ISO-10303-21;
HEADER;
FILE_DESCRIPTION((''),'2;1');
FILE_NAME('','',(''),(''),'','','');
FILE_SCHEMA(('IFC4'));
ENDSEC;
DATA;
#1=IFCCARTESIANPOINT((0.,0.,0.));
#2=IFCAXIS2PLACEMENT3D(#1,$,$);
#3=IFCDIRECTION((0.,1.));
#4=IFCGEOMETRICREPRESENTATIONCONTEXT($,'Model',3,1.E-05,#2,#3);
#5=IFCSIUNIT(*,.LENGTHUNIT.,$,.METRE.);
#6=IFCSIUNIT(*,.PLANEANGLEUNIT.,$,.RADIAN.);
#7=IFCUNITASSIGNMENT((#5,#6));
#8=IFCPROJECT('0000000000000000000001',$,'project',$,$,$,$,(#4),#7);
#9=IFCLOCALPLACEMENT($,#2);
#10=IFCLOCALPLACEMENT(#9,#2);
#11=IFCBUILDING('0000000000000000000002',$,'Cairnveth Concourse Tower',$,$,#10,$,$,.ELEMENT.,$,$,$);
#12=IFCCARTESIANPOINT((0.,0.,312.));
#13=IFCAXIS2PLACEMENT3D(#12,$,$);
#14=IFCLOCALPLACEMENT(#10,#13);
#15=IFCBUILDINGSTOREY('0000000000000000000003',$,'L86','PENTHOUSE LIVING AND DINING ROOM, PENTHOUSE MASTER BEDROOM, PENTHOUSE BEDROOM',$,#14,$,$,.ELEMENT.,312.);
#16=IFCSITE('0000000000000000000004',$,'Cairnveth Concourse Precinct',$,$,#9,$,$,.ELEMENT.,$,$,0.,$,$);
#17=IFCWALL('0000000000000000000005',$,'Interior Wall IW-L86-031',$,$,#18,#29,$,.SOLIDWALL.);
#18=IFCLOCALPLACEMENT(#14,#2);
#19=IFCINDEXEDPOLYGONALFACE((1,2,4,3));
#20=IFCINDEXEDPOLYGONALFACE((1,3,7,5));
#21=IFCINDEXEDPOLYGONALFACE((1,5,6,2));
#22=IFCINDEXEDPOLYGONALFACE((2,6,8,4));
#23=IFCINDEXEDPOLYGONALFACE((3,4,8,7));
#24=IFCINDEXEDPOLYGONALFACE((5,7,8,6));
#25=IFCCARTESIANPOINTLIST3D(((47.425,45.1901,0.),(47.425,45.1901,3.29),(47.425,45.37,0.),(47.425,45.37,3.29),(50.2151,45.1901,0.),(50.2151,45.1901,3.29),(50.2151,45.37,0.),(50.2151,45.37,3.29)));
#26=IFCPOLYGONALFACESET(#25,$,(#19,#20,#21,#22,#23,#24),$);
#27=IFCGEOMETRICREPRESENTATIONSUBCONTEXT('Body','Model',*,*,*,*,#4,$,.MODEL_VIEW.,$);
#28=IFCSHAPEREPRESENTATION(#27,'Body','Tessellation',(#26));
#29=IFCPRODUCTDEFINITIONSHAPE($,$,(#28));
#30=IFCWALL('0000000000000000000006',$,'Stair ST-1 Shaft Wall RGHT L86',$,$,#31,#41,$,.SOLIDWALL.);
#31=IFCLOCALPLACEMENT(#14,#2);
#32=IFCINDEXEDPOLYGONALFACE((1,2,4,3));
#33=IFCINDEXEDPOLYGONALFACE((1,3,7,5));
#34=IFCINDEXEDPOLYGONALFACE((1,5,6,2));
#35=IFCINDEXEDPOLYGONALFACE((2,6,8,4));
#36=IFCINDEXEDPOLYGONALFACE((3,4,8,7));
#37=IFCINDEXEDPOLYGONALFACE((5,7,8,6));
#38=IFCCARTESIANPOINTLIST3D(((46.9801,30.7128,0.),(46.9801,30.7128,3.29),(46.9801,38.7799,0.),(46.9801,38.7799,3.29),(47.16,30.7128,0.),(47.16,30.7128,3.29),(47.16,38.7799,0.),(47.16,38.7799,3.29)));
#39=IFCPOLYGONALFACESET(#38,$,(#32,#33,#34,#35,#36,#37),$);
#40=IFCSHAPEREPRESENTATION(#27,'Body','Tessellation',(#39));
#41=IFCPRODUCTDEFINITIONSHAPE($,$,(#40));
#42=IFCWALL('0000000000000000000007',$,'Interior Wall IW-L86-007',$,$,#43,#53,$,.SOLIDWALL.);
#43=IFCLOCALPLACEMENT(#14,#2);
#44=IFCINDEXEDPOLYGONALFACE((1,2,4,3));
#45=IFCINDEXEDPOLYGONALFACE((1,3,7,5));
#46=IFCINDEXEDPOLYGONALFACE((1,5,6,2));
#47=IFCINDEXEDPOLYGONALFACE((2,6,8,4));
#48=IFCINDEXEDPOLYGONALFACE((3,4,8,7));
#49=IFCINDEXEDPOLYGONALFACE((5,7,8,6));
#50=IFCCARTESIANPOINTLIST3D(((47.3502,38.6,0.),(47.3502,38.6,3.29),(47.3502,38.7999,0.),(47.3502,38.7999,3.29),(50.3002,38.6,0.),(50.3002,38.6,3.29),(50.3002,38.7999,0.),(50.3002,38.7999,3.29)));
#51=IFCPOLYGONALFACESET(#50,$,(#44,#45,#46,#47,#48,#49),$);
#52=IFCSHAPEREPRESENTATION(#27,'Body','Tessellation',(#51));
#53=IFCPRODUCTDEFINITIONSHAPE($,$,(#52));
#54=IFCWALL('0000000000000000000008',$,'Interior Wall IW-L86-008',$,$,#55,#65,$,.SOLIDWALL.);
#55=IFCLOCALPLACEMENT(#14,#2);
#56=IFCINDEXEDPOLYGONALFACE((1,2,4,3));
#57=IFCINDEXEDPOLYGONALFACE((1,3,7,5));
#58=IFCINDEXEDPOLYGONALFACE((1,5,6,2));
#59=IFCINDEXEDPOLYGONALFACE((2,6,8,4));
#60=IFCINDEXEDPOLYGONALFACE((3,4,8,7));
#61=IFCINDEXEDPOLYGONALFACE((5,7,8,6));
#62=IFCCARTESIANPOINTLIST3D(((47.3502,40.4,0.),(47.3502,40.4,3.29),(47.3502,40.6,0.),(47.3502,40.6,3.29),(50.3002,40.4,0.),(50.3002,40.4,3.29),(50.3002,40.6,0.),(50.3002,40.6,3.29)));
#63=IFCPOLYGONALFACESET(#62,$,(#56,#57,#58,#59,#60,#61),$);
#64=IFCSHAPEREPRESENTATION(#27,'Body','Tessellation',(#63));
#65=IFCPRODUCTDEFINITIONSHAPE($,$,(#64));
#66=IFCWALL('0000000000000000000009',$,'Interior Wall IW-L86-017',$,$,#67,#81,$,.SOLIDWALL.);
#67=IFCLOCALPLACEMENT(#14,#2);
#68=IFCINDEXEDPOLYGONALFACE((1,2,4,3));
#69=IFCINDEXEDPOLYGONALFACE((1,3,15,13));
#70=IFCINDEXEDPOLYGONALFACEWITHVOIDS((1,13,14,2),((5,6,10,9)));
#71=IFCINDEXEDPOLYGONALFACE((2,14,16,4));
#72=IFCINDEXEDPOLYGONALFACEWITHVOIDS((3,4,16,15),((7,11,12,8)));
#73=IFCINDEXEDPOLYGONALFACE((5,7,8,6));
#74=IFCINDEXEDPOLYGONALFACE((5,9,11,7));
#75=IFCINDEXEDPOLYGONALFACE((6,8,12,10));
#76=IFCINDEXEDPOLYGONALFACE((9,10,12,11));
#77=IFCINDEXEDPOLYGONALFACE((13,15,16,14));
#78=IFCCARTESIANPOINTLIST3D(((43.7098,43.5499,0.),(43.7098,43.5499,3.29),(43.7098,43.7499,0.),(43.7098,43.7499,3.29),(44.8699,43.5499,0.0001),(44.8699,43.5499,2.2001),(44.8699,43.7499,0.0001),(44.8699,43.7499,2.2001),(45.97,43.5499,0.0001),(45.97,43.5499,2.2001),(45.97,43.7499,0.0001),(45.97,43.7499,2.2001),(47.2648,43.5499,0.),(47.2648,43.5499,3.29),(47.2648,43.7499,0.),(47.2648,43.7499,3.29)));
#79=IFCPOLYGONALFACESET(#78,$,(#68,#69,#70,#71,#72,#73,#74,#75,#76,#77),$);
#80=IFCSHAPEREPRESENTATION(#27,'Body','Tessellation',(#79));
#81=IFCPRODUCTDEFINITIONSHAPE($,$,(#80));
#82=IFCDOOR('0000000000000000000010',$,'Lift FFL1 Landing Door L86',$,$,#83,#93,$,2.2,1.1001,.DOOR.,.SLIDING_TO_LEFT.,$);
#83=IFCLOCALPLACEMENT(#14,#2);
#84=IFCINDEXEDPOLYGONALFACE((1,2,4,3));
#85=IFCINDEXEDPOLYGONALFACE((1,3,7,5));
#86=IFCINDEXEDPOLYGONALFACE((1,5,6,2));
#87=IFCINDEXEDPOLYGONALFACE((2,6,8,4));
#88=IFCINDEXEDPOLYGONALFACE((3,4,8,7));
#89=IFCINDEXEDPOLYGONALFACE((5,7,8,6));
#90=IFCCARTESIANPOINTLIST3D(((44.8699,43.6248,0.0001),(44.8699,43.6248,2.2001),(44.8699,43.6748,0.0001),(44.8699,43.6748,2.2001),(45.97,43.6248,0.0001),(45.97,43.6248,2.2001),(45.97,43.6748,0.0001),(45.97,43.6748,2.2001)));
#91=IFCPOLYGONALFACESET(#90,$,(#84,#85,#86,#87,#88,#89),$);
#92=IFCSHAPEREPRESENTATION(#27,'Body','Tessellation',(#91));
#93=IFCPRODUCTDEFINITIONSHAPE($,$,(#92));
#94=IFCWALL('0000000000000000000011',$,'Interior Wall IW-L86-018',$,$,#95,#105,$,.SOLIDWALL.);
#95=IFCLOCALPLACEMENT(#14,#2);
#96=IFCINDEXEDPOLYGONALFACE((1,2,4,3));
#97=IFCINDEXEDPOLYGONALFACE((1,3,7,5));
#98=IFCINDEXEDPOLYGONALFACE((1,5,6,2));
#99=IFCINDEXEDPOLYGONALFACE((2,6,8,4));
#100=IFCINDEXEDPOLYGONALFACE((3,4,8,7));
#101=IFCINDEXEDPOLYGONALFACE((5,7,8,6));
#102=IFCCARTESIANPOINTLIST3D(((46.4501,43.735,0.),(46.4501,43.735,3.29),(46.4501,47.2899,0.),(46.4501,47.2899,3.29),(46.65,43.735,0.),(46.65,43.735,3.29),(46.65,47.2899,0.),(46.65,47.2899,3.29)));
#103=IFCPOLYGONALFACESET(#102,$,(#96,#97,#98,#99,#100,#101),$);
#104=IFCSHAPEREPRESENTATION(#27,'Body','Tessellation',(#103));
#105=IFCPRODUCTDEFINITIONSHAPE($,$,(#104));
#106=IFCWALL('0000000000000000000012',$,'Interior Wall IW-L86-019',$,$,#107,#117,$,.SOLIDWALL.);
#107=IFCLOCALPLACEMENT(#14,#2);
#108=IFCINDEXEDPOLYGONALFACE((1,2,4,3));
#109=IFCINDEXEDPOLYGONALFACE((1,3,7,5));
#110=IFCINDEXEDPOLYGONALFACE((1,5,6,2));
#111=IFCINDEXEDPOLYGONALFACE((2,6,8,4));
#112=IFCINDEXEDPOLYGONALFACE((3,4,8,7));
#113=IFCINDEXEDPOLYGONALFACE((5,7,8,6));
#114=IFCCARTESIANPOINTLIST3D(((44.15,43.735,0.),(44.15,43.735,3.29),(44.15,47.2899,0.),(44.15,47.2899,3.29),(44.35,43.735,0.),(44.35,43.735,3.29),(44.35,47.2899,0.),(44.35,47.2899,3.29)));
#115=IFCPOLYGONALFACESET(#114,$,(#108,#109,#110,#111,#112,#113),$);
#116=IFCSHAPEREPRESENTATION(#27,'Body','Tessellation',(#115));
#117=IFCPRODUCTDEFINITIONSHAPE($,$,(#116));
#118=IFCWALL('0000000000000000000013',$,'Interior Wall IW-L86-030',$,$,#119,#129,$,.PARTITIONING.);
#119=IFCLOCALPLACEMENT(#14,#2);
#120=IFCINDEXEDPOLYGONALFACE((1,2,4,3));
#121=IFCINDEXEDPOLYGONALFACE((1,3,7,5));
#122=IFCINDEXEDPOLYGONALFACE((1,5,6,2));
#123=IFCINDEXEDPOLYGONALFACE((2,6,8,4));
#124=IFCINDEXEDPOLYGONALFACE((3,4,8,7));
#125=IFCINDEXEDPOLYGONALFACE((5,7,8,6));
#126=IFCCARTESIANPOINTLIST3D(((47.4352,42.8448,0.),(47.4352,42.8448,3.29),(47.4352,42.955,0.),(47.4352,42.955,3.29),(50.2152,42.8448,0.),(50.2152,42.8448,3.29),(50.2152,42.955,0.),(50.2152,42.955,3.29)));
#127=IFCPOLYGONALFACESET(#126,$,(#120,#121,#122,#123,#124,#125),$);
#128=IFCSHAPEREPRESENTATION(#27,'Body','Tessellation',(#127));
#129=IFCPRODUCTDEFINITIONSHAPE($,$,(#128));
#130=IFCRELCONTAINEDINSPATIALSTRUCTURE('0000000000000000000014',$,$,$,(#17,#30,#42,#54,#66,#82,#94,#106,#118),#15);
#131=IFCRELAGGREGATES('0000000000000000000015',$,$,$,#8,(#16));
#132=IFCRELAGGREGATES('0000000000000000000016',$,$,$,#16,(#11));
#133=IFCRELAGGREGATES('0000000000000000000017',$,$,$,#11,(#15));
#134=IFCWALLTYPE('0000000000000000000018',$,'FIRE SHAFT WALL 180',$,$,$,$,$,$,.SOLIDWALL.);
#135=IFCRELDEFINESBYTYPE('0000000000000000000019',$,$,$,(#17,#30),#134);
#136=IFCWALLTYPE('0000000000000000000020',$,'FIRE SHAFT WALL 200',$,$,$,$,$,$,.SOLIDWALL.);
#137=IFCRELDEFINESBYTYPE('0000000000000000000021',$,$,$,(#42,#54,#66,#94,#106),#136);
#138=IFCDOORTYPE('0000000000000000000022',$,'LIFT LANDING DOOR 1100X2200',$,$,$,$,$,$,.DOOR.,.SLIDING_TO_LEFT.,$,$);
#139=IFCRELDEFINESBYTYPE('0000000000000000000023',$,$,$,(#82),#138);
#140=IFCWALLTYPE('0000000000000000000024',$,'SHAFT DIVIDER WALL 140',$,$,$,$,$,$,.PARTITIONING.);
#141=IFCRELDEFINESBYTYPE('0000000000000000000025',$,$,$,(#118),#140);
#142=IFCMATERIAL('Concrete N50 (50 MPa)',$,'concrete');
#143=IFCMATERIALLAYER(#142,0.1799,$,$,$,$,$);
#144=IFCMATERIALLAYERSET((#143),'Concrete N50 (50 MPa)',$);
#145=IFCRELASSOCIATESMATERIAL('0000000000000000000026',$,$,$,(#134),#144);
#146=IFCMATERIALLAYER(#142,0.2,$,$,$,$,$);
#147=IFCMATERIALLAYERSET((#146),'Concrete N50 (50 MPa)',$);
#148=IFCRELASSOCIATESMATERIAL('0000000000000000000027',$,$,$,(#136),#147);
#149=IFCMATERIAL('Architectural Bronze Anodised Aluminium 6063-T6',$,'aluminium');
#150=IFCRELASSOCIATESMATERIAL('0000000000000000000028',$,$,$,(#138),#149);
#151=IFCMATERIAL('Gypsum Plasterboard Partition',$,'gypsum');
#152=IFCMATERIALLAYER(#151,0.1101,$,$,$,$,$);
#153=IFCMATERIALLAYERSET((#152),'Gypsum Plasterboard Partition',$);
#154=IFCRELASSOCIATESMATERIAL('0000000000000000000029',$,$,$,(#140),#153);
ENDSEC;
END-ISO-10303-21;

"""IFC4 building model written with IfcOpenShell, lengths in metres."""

from ifc_helpers import new_model, si_unit, direction, frame, frame_2d, origin, place, context, subcontext, project, spatial, rectangle, extrude, material, layer, layer_set, type_object, element, fill, save


model = new_model("IFC4")

# Units and contexts
model_context = context("Model", 3, precision=1e-05, world=origin(), true_north=direction((0.0, 1.0)))
body_context = subcontext(model_context, "Body", "Model", "MODEL_VIEW")
ifc_project = project(units=[si_unit("LENGTHUNIT", "METRE"), si_unit("PLANEANGLEUNIT", "RADIAN")], contexts=[model_context])

# Site, building, storey
site_placement = place(None, origin())
site = spatial("IfcSite", under=ifc_project, at=site_placement, Name="Cairnveth Concourse Precinct", CompositionType="ELEMENT", RefElevation=0.0)
building_placement = place(site_placement, origin())
building = spatial("IfcBuilding", under=site, at=building_placement, Name="Cairnveth Concourse Tower", CompositionType="ELEMENT")
storey_placement = place(building_placement, frame((0.0, 0.0, 312.0)))
storey = spatial("IfcBuildingStorey", under=building, at=storey_placement, Name="L86", Description="PENTHOUSE LIVING AND DINING ROOM, PENTHOUSE MASTER BEDROOM, PENTHOUSE BEDROOM", CompositionType="ELEMENT", Elevation=312.0)

# Wall
ifc_material_1 = material(Name="Concrete N50 (50 MPa)", Category="concrete")
ifc_layer_1 = layer(ifc_material_1, 0.1799)
ifc_layer_set_1 = layer_set([ifc_layer_1], Name="Concrete N50 (50 MPa)")
wall_type_1 = type_object("IfcWallType", Name="FIRE SHAFT WALL 180", PredefinedType="SOLIDWALL", material=ifc_layer_set_1)
wall_1_placement = place(storey_placement, frame((47.425, 45.28, 0.0), z_axis=(0.0, 0.0, 1.0), x_axis=(1.0, 0.0, 0.0)))
element("IfcWall", 1, at=wall_1_placement, inside=storey, type_object=wall_type_1, Name="Interior Wall IW-L86-031", PredefinedType="SOLIDWALL", context=body_context, shape_type="SweptSolid", body=[
    extrude(rectangle(XDim=2.79, YDim=0.1799, at=frame_2d((1.395, 0.0))), origin(), (0.0, 0.0, 1.0), 3.29),
])

# Walls
wall_2_placement = place(storey_placement, frame((47.0701, 38.78, 0.0), z_axis=(0.0, 0.0, 1.0), x_axis=(0.0, -1.0, 0.0)))
element("IfcWall", 2, at=wall_2_placement, inside=storey, type_object=wall_type_1, Name="Stair ST-1 Shaft Wall RGHT L86", PredefinedType="SOLIDWALL", context=body_context, shape_type="SweptSolid", body=[
    extrude(rectangle(XDim=8.0671, YDim=0.1799, at=frame_2d((4.0337, 0.0))), origin(), (0.0, 0.0, 1.0), 3.29),
])
ifc_layer_2 = layer(ifc_material_1, 0.2)
ifc_layer_set_2 = layer_set([ifc_layer_2], Name="Concrete N50 (50 MPa)")
wall_type_2 = type_object("IfcWallType", Name="FIRE SHAFT WALL 200", PredefinedType="SOLIDWALL", material=ifc_layer_set_2)
for number, where, z_axis, x_axis, name in (
    (3, (47.3501, 38.7, 0.0), (0.0, 0.0, 1.0), (1.0, 0.0, 0.0), "Interior Wall IW-L86-007"),
    (4, (47.3501, 40.5, 0.0), (0.0, 0.0, 1.0), (1.0, 0.0, 0.0), "Interior Wall IW-L86-008"),
):
    element("IfcWall", number, at=place(storey_placement, frame(where, z_axis=z_axis, x_axis=x_axis)), inside=storey, type_object=wall_type_2, Name=name, PredefinedType="SOLIDWALL", context=body_context, shape_type="SweptSolid", body=[
        extrude(rectangle(XDim=2.95, YDim=0.2, at=frame_2d((1.4751, 0.0))), origin(), (0.0, 0.0, 1.0), 3.29),
    ])

# Wall, opening, door
wall_3_placement = place(storey_placement, frame((43.71, 43.6499, 0.0), z_axis=(0.0, 0.0, 1.0), x_axis=(1.0, 0.0, 0.0)))
wall_3 = element("IfcWall", 5, at=wall_3_placement, inside=storey, type_object=wall_type_2, Name="Interior Wall IW-L86-017", PredefinedType="SOLIDWALL", context=body_context, shape_type="SweptSolid", body=[
    extrude(rectangle(XDim=3.5549, YDim=0.2, at=frame_2d((1.7773, 0.0))), origin(), (0.0, 0.0, 1.0), 3.29),
])
opening_1_placement = place(wall_3_placement, frame((1.1599, 0.0, 0.0)))
opening_1 = element("IfcOpeningElement", 6, at=opening_1_placement, cuts=wall_3, PredefinedType="OPENING", context=body_context, shape_type="SweptSolid", body=[
    extrude(rectangle(XDim=1.1001, YDim=2.2, at=frame_2d((0.55, 1.1001))), frame((0.0, 0.1099, 0.0), z_axis=(0.0, -1.0, 0.0), x_axis=(1.0, 0.0, 0.0)), (0.0, 0.0, 1.0), 0.22),
])
ifc_material_2 = material(Name="Architectural Bronze Anodised Aluminium 6063-T6", Category="aluminium")
door_type_1 = type_object("IfcDoorType", Name="LIFT LANDING DOOR 1100X2200", OperationType="SLIDING_TO_LEFT", PredefinedType="DOOR", material=ifc_material_2)
door_1_placement = place(opening_1_placement, origin())
door_1 = element("IfcDoor", 7, at=door_1_placement, inside=storey, type_object=door_type_1, Name="Lift FFL1 Landing Door L86", OperationType="SLIDING_TO_LEFT", OverallHeight=2.2, OverallWidth=1.1001, PredefinedType="DOOR", context=body_context, shape_type="SweptSolid", body=[
    extrude(rectangle(XDim=1.1001, YDim=2.2, at=frame_2d((0.55, 1.1001))), frame((0.0, 0.0249, 0.0), z_axis=(0.0, -1.0, 0.0), x_axis=(1.0, 0.0, 0.0)), (0.0, 0.0, 1.0), 0.05),
])
fill(opening_1, door_1)

# Walls
for number, where, z_axis, x_axis, name in (
    (8, (46.55, 43.7351, 0.0), (0.0, 0.0, 1.0), (0.0, 1.0, 0.0), "Interior Wall IW-L86-018"),
    (9, (44.25, 43.7351, 0.0), (0.0, 0.0, 1.0), (0.0, 1.0, 0.0), "Interior Wall IW-L86-019"),
):
    element("IfcWall", number, at=place(storey_placement, frame(where, z_axis=z_axis, x_axis=x_axis)), inside=storey, type_object=wall_type_2, Name=name, PredefinedType="SOLIDWALL", context=body_context, shape_type="SweptSolid", body=[
        extrude(rectangle(XDim=3.5549, YDim=0.2, at=frame_2d((1.7773, 0.0))), origin(), (0.0, 0.0, 1.0), 3.29),
    ])
ifc_material_3 = material(Name="Gypsum Plasterboard Partition", Category="gypsum")
ifc_layer_3 = layer(ifc_material_3, 0.1101)
ifc_layer_set_3 = layer_set([ifc_layer_3], Name="Gypsum Plasterboard Partition")
wall_type_3 = type_object("IfcWallType", Name="SHAFT DIVIDER WALL 140", PredefinedType="PARTITIONING", material=ifc_layer_set_3)
wall_4_placement = place(storey_placement, frame((47.4351, 42.8999, 0.0), z_axis=(0.0, 0.0, 1.0), x_axis=(1.0, 0.0, 0.0)))
element("IfcWall", 10, at=wall_4_placement, inside=storey, type_object=wall_type_3, Name="Interior Wall IW-L86-030", PredefinedType="PARTITIONING", context=body_context, shape_type="SweptSolid", body=[
    extrude(rectangle(XDim=2.78, YDim=0.1101, at=frame_2d((1.3901, 0.0))), origin(), (0.0, 0.0, 1.0), 3.29),
])

save(model, "model.ifc")
